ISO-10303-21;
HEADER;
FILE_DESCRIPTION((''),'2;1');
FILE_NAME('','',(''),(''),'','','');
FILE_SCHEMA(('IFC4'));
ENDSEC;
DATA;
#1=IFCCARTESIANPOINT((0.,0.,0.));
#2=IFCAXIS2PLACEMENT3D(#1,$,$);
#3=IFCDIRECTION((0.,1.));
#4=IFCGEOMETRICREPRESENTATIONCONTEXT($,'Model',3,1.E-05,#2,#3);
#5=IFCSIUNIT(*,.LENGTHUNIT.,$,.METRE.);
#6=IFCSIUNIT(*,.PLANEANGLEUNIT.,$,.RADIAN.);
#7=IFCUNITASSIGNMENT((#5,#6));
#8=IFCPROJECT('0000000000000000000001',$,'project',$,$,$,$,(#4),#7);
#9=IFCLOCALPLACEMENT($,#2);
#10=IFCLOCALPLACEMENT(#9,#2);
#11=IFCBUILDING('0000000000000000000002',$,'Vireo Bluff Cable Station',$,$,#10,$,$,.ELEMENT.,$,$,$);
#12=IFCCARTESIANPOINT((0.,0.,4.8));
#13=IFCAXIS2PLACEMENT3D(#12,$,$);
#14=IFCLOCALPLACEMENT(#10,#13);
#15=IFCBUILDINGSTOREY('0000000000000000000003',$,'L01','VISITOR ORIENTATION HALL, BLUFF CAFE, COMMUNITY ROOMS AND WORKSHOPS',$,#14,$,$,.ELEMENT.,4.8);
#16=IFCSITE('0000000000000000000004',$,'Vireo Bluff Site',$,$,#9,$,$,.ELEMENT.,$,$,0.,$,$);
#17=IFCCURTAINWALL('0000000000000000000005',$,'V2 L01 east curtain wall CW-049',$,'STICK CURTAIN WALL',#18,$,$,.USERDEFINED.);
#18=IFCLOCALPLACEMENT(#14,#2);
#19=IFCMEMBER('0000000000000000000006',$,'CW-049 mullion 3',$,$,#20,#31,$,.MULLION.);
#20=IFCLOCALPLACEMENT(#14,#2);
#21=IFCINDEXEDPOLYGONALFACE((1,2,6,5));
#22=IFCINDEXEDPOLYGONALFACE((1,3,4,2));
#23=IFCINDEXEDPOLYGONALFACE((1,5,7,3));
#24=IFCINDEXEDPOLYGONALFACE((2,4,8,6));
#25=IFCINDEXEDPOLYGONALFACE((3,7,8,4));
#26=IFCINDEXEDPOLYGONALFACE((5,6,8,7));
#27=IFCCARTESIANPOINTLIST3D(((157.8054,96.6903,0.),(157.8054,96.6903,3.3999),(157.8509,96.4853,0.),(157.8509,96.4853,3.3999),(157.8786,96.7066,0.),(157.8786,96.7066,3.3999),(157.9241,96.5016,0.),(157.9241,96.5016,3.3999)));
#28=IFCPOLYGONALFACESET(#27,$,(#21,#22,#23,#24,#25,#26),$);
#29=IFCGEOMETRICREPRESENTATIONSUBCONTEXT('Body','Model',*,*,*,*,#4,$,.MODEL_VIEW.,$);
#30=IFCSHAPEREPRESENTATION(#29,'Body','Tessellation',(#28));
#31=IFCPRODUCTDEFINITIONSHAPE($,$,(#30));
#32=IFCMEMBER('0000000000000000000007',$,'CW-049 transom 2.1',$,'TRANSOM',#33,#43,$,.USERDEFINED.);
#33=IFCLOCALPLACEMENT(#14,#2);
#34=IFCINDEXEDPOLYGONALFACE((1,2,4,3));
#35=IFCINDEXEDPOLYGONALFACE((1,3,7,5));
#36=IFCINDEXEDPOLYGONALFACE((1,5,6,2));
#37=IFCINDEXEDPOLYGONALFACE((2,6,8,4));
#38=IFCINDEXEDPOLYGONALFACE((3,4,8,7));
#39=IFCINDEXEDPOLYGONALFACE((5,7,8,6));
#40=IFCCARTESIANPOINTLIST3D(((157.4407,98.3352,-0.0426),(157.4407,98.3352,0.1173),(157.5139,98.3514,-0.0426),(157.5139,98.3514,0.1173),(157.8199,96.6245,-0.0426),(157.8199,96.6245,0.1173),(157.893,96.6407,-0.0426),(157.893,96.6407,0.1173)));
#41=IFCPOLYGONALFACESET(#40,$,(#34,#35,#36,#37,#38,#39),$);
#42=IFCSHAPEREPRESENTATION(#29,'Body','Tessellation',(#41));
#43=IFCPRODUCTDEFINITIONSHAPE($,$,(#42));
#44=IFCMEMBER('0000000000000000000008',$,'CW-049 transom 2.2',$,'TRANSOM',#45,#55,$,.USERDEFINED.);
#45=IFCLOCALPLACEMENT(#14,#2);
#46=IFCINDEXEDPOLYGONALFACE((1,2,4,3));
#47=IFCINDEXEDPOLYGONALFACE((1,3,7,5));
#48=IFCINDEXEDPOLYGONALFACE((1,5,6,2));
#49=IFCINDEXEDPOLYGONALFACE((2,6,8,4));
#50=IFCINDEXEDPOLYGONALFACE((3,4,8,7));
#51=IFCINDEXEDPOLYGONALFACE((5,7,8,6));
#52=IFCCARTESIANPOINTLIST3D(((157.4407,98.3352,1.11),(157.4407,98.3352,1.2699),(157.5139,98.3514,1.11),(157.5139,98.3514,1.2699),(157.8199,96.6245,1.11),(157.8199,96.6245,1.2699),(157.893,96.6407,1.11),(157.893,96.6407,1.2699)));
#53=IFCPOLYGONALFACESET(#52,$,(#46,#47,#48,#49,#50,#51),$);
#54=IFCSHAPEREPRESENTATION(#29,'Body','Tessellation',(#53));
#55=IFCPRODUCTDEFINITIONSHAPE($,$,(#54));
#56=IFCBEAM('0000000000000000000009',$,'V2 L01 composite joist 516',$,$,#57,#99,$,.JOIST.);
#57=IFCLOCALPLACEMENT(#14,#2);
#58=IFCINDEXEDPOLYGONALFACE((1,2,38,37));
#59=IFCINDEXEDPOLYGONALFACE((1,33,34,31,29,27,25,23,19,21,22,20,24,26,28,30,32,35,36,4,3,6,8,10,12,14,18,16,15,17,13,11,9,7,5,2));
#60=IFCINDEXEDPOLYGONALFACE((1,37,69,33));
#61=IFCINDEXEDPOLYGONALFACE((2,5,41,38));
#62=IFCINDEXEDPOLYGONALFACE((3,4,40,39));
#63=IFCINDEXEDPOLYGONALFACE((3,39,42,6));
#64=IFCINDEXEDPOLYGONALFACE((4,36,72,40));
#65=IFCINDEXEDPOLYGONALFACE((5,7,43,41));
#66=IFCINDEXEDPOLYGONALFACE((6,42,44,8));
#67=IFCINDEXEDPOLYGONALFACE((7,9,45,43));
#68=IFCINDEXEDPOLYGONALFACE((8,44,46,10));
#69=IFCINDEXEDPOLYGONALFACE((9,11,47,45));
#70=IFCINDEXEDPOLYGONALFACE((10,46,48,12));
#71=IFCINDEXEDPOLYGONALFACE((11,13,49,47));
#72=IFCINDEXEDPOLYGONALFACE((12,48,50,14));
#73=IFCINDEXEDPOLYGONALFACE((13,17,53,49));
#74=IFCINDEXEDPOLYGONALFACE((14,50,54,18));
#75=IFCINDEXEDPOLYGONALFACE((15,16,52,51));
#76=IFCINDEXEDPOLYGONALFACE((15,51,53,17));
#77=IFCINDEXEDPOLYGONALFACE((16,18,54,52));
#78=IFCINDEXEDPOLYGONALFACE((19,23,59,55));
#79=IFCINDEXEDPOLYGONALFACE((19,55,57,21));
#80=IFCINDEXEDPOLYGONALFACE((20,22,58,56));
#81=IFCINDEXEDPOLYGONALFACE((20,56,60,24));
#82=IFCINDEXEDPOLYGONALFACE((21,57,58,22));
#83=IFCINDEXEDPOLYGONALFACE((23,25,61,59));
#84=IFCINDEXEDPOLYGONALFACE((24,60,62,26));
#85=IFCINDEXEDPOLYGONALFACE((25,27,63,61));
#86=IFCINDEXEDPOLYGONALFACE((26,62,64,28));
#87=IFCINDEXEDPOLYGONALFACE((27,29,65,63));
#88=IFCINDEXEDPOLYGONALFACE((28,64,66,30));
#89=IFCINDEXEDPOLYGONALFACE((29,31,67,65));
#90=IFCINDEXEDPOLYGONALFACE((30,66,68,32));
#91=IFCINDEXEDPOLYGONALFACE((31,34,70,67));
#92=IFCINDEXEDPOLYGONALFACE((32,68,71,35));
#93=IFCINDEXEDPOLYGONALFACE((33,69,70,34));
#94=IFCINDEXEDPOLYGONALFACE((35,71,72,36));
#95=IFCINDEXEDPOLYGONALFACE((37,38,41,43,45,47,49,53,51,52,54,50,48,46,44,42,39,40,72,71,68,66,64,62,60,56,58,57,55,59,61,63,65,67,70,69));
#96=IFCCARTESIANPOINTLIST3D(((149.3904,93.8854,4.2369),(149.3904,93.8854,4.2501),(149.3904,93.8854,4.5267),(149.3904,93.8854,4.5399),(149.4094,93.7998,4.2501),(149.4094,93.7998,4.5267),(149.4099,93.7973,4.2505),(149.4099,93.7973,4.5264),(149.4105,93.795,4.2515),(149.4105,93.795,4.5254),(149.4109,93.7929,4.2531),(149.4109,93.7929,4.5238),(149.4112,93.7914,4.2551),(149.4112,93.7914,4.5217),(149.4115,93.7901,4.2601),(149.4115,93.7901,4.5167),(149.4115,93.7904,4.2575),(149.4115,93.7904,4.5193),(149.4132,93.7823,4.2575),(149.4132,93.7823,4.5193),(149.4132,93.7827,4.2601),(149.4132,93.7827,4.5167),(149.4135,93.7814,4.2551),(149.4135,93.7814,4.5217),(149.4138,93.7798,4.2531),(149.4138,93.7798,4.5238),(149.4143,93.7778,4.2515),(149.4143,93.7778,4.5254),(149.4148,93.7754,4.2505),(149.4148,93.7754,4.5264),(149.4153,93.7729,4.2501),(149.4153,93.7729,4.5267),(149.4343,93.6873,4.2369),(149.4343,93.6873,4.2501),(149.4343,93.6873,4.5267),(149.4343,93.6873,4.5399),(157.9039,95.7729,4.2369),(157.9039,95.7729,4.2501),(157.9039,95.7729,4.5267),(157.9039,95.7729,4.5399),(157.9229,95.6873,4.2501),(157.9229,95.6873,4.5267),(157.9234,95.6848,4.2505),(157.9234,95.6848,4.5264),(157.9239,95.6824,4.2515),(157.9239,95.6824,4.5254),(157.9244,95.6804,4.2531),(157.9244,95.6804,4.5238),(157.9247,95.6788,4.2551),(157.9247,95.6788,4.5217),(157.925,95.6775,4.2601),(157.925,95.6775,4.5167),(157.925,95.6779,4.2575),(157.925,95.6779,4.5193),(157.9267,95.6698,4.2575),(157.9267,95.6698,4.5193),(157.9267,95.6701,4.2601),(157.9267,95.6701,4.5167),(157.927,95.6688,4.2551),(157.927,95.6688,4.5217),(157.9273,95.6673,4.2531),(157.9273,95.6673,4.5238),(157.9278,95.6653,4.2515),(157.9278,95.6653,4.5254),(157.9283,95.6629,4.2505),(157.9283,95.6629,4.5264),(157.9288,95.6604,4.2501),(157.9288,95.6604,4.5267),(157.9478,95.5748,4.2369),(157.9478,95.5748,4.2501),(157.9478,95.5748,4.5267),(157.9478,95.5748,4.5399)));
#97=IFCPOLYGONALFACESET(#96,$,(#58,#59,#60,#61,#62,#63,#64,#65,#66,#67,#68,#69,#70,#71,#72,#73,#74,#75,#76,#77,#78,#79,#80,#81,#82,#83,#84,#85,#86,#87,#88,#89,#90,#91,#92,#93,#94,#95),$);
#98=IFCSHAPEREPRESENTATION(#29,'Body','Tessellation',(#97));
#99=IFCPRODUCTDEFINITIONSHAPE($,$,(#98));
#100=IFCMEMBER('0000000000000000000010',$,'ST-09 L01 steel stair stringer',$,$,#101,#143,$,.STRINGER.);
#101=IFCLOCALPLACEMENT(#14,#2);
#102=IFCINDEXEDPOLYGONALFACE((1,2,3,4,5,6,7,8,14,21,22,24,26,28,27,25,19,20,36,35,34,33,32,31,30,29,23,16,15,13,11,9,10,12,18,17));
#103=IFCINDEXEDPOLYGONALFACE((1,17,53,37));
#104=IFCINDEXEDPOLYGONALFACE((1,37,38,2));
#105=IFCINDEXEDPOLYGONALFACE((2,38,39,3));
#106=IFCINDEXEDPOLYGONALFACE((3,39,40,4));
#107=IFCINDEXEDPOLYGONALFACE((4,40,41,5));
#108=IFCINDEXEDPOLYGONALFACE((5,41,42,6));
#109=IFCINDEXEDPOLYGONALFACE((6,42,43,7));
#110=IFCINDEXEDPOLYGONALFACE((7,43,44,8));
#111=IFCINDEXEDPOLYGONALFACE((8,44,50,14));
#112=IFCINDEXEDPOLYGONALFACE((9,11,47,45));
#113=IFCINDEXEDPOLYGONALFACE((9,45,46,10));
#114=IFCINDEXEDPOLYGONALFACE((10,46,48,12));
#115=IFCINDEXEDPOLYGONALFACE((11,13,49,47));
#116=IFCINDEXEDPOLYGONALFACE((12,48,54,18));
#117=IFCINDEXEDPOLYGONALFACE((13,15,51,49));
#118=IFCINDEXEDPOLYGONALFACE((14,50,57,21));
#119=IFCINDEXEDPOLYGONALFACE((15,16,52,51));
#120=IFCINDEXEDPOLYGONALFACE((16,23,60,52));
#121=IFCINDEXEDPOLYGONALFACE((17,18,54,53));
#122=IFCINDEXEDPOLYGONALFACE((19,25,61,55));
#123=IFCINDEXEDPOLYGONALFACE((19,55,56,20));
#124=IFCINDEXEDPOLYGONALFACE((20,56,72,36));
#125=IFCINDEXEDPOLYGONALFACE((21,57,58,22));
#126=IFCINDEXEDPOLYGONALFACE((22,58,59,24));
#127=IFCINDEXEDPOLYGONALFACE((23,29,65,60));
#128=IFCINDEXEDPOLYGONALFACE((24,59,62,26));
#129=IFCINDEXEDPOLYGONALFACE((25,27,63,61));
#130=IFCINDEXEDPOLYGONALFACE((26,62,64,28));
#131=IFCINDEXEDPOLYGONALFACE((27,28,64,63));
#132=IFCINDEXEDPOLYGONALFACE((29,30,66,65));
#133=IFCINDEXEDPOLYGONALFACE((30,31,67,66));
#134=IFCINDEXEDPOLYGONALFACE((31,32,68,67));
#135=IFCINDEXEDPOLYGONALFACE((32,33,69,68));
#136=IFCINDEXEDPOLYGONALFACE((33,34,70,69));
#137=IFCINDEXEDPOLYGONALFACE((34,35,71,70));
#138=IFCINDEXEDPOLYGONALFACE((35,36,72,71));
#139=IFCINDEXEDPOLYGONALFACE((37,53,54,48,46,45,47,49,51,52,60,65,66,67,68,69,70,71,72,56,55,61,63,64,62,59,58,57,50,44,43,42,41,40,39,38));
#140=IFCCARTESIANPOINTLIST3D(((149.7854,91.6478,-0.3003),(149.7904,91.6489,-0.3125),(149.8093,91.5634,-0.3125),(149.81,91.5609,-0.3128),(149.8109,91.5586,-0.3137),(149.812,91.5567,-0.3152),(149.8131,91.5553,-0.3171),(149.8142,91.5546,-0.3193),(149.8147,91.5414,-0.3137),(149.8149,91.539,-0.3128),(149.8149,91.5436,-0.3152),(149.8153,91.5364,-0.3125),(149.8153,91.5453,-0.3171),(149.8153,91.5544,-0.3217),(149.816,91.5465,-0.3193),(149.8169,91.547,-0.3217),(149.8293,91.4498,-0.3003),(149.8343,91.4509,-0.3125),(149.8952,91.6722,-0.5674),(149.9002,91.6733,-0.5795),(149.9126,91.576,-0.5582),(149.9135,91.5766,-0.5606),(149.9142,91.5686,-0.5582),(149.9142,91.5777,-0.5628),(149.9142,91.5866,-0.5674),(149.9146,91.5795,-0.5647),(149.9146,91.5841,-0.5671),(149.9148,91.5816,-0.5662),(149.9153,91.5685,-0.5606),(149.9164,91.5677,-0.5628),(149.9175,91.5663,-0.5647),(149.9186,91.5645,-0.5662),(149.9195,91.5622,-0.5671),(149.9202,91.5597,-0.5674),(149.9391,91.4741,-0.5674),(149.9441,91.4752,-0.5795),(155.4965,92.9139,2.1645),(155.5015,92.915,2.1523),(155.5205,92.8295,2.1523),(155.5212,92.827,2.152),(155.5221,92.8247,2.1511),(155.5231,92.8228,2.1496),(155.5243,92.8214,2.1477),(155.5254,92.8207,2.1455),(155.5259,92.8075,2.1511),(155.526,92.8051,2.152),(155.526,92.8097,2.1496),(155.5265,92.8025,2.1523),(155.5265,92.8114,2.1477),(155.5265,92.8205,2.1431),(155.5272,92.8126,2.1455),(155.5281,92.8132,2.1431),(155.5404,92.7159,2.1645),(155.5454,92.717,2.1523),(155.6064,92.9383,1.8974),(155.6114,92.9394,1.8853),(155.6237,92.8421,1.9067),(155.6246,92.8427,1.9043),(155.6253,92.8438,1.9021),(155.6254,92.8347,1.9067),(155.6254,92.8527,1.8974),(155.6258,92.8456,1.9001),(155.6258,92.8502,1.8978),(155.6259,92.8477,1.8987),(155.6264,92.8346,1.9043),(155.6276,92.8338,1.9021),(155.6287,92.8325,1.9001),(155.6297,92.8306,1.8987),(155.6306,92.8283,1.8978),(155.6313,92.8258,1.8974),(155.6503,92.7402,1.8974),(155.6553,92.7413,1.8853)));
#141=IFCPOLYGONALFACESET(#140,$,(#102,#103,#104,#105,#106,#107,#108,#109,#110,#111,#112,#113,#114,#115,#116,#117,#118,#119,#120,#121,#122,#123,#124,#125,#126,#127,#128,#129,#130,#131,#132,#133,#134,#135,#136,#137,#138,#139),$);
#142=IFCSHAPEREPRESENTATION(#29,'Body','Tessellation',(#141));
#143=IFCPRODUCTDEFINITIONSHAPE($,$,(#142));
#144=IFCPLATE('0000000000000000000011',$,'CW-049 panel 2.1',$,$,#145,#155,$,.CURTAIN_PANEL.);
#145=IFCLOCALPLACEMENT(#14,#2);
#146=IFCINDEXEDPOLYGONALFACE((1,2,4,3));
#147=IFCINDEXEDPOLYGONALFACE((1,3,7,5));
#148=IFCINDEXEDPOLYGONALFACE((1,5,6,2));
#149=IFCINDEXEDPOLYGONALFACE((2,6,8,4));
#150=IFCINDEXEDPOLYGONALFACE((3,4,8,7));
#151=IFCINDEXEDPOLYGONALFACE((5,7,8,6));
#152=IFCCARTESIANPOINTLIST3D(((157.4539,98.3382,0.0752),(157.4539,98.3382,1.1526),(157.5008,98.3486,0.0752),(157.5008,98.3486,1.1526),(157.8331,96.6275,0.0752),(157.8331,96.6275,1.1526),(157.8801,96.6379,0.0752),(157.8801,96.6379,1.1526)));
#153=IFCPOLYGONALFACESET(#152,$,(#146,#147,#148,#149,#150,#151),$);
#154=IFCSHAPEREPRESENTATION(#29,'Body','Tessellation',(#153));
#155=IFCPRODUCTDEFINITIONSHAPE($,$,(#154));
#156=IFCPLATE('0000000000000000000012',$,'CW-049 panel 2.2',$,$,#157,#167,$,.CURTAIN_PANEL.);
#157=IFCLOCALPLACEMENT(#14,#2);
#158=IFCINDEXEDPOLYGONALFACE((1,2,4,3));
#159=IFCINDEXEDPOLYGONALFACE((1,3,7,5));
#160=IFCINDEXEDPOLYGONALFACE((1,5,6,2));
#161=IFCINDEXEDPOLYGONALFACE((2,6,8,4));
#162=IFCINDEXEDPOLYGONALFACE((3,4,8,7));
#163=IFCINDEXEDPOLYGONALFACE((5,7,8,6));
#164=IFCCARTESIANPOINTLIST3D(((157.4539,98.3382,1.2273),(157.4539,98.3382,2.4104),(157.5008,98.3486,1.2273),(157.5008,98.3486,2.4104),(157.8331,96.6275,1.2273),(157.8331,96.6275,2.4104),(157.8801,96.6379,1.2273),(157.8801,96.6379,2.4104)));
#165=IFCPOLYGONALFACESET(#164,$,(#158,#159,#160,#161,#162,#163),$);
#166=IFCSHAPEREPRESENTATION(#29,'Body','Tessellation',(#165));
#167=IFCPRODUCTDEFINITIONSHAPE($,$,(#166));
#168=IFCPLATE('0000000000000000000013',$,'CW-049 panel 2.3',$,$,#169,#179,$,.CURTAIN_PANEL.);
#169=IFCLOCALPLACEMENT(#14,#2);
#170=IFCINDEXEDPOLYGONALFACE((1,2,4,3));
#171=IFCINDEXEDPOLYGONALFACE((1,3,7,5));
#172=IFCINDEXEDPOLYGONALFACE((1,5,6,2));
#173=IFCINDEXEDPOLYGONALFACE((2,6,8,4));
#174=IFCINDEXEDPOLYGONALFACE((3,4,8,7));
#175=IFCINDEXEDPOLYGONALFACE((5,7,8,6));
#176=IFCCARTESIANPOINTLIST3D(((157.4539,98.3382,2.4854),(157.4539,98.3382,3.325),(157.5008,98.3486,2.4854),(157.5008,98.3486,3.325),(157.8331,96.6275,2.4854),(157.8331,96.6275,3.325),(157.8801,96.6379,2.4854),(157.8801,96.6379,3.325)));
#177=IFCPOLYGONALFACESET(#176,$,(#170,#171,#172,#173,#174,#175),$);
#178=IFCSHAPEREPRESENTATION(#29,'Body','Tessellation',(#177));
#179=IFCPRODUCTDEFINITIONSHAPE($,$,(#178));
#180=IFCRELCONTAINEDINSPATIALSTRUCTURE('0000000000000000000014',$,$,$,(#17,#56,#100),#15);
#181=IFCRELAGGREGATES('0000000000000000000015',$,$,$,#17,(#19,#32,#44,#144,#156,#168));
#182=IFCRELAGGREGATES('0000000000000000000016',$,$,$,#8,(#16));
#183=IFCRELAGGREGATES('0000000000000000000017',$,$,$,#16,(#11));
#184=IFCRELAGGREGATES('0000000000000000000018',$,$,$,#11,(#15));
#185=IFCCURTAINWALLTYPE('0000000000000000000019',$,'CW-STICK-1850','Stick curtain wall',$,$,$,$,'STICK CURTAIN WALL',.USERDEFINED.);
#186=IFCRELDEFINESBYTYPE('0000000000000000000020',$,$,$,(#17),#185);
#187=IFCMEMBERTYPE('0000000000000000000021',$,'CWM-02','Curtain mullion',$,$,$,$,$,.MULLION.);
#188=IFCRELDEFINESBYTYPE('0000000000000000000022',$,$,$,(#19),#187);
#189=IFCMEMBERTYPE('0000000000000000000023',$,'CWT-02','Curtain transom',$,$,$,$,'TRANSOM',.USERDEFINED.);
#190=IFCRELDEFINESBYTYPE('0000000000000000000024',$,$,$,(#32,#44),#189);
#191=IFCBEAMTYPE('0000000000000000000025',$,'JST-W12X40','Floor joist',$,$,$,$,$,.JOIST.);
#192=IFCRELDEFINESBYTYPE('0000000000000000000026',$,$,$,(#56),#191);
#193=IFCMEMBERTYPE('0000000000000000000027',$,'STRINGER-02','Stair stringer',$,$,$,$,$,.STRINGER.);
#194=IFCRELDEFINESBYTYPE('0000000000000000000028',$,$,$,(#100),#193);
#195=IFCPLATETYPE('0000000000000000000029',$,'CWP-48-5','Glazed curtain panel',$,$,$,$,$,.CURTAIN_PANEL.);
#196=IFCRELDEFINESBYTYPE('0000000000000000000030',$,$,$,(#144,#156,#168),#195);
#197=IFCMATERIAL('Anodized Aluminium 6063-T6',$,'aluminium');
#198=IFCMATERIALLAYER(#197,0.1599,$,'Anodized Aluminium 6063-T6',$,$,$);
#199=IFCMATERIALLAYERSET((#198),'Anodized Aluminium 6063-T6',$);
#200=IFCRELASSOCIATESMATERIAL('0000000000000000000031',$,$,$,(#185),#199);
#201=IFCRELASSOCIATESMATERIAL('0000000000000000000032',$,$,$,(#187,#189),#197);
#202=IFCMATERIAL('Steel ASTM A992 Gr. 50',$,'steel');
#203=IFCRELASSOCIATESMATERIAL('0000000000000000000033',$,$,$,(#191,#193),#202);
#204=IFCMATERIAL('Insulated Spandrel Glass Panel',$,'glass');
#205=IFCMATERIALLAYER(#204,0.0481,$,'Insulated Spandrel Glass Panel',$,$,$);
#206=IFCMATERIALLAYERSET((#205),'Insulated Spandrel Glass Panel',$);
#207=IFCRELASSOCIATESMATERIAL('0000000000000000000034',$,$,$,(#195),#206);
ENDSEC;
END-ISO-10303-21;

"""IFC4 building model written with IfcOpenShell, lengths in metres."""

from ifc_helpers import new_model, si_unit, direction, frame, origin, origin_2d, place, context, subcontext, project, spatial, rectangle, i_section, extrude, material, layer, layer_set, material_profile, profile_set, type_object, element, aggregate, save


model = new_model("IFC4")

# Units and contexts
model_context = context("Model", 3, precision=1e-05, world=origin(), true_north=direction((0.0, 1.0)))
body_context = subcontext(model_context, "Body", "Model", "MODEL_VIEW")
ifc_project = project(units=[si_unit("LENGTHUNIT", "METRE"), si_unit("PLANEANGLEUNIT", "RADIAN")], contexts=[model_context])

# Site, building, storey
site_placement = place(None, origin())
site = spatial("IfcSite", under=ifc_project, at=site_placement, Name="Vireo Bluff Site", CompositionType="ELEMENT", RefElevation=0.0)
building_placement = place(site_placement, origin())
building = spatial("IfcBuilding", under=site, at=building_placement, Name="Vireo Bluff Cable Station", CompositionType="ELEMENT")
storey_placement = place(building_placement, frame((0.0, 0.0, 4.8)))
storey = spatial("IfcBuildingStorey", under=building, at=storey_placement, Name="L01", Description="VISITOR ORIENTATION HALL, BLUFF CAFE, COMMUNITY ROOMS AND WORKSHOPS", CompositionType="ELEMENT", Elevation=4.8)

# Shared definitions
ifc_material_1 = material(Name="Steel ASTM A992 Gr. 50", Category="steel")

# Curtain wall, members
ifc_material_2 = material(Name="Anodized Aluminium 6063-T6", Category="aluminium")
ifc_layer_1 = layer(ifc_material_2, 0.1599, Name="Anodized Aluminium 6063-T6")
ifc_layer_set_1 = layer_set([ifc_layer_1], Name="Anodized Aluminium 6063-T6")
curtain_wall_type = type_object("IfcCurtainWallType", Name="CW-STICK-1850", Description="Stick curtain wall", ElementType="STICK CURTAIN WALL", PredefinedType="USERDEFINED", material=ifc_layer_set_1)
curtain_wall_placement = place(storey_placement, origin())
curtain_wall = element("IfcCurtainWall", 1, at=curtain_wall_placement, inside=storey, type_object=curtain_wall_type, Name="V2 L01 east curtain wall CW-049", ObjectType="STICK CURTAIN WALL", PredefinedType="USERDEFINED")
ifc_material_profile_1 = material_profile(ifc_material_2, rectangle(XDim=0.075, YDim=0.21, at=origin_2d()), Name="ALU-M-75X210")
ifc_profile_set_1 = profile_set([ifc_material_profile_1], Name="Anodized Aluminium 6063-T6")
member_type_1 = type_object("IfcMemberType", Name="CWM-02", Description="Curtain mullion", PredefinedType="MULLION", material=ifc_profile_set_1)
member_1_placement = place(storey_placement, frame((157.8647, 96.5959, 0.0), z_axis=(0.0, 0.0, 1.0), x_axis=(0.976296, 0.21644, 0.0)))
member_1 = element("IfcMember", 2, at=member_1_placement, type_object=member_type_1, Name="CW-049 mullion 3", PredefinedType="MULLION", context=body_context, shape_type="SweptSolid", body=[
    extrude(rectangle(XDim=0.075, YDim=0.21, at=origin_2d()), origin(), (0.0, 0.0, 1.0), 3.3999),
])
ifc_material_profile_2 = material_profile(ifc_material_2, rectangle(XDim=0.075, YDim=0.1599, at=origin_2d()), Name="ALU-T-75X160")
ifc_profile_set_2 = profile_set([ifc_material_profile_2], Name="Anodized Aluminium 6063-T6")
member_type_2 = type_object("IfcMemberType", Name="CWT-02", Description="Curtain transom", ElementType="TRANSOM", PredefinedType="USERDEFINED", material=ifc_profile_set_2)
member_2_placement = place(storey_placement, frame((157.4773, 98.3433, 0.0374), z_axis=(0.216385, -0.976308, 0.0), x_axis=(0.976308, 0.216385, 0.0)))
member_2 = element("IfcMember", 3, at=member_2_placement, type_object=member_type_2, Name="CW-049 transom 2.1", ObjectType="TRANSOM", PredefinedType="USERDEFINED", context=body_context, shape_type="SweptSolid", body=[
    extrude(rectangle(XDim=0.075, YDim=0.1599, at=origin_2d()), origin(), (0.0, 0.0, 1.0), 1.7522),
])
member_3_placement = place(storey_placement, frame((157.4773, 98.3433, 1.1899), z_axis=(0.216385, -0.976308, 0.0), x_axis=(0.976308, 0.216385, 0.0)))
member_3 = element("IfcMember", 4, at=member_3_placement, type_object=member_type_2, Name="CW-049 transom 2.2", ObjectType="TRANSOM", PredefinedType="USERDEFINED", context=body_context, shape_type="SweptSolid", body=[
    extrude(rectangle(XDim=0.075, YDim=0.1599, at=origin_2d()), origin(), (0.0, 0.0, 1.0), 1.7522),
])

# Beam
ifc_material_profile_3 = material_profile(ifc_material_1, i_section(OverallWidth=0.2029, OverallDepth=0.303, WebThickness=0.0076, FlangeThickness=0.0132, FilletRadius=0.01, at=origin_2d()), Name="W12X40")
ifc_profile_set_3 = profile_set([ifc_material_profile_3], Name="Steel ASTM A992 Gr. 50")
beam_type_1 = type_object("IfcBeamType", Name="JST-W12X40", Description="Floor joist", PredefinedType="JOIST", material=ifc_profile_set_3)
beam_1_placement = place(storey_placement, frame((149.4124, 93.7864, 4.3884), z_axis=(0.976294, 0.216447, 0.0), x_axis=(-0.216447, 0.976294, 0.0)))
element("IfcBeam", 5, at=beam_1_placement, inside=storey, type_object=beam_type_1, Name="V2 L01 composite joist 516", PredefinedType="JOIST", context=body_context, shape_type="SweptSolid", body=[
    extrude(i_section(OverallWidth=0.2029, OverallDepth=0.303, WebThickness=0.0076, FlangeThickness=0.0132, FilletRadius=0.01, at=origin_2d()), origin(), (0.0, 0.0, 1.0), 8.7202),
])

# Member
ifc_material_profile_4 = material_profile(ifc_material_1, i_section(OverallWidth=0.2029, OverallDepth=0.303, WebThickness=0.0076, FlangeThickness=0.0132, FilletRadius=0.01, at=origin_2d()), Name="W12X40")
ifc_profile_set_4 = profile_set([ifc_material_profile_4], Name="Steel ASTM A992 Gr. 50")
member_type_3 = type_object("IfcMemberType", Name="STRINGER-02", Description="Stair stringer", PredefinedType="STRINGER", material=ifc_profile_set_4)
member_4_placement = place(storey_placement, frame((149.8647, 91.5615, -0.4399), z_axis=(0.899693, 0.199453, 0.388292), x_axis=(-0.216436, 0.976297, 0.0)))
element("IfcMember", 6, at=member_4_placement, inside=storey, type_object=member_type_3, Name="ST-09 L01 steel stair stringer", PredefinedType="STRINGER", context=body_context, shape_type="SweptSolid", body=[
    extrude(i_section(OverallWidth=0.2029, OverallDepth=0.303, WebThickness=0.0076, FlangeThickness=0.0132, FilletRadius=0.01, at=origin_2d()), origin(), (0.0, 0.0, 1.0), 6.3479),
])

# Plates
ifc_material_3 = material(Name="Insulated Spandrel Glass Panel", Category="glass")
ifc_layer_2 = layer(ifc_material_3, 0.0481, Name="Insulated Spandrel Glass Panel")
ifc_layer_set_2 = layer_set([ifc_layer_2], Name="Insulated Spandrel Glass Panel")
plate_type = type_object("IfcPlateType", Name="CWP-48-5", Description="Glazed curtain panel", PredefinedType="CURTAIN_PANEL", material=ifc_layer_set_2)
plate_1_placement = place(storey_placement, frame((157.667, 97.488, 0.0752), z_axis=(0.0, 0.0, 1.0), x_axis=(0.21644, -0.976296, 0.0)))
plate_1 = element("IfcPlate", 7, at=plate_1_placement, type_object=plate_type, Name="CW-049 panel 2.1", PredefinedType="CURTAIN_PANEL", context=body_context, shape_type="SweptSolid", body=[
    extrude(rectangle(XDim=1.7522, YDim=0.0481, at=origin_2d()), origin(), (0.0, 0.0, 1.0), 1.0774),
])
plate_2_placement = place(storey_placement, frame((157.667, 97.488, 1.2273), z_axis=(0.0, 0.0, 1.0), x_axis=(0.21644, -0.976296, 0.0)))
plate_2 = element("IfcPlate", 8, at=plate_2_placement, type_object=plate_type, Name="CW-049 panel 2.2", PredefinedType="CURTAIN_PANEL", context=body_context, shape_type="SweptSolid", body=[
    extrude(rectangle(XDim=1.7522, YDim=0.0481, at=origin_2d()), origin(), (0.0, 0.0, 1.0), 1.1831),
])
plate_3_placement = place(storey_placement, frame((157.667, 97.488, 2.4854), z_axis=(0.0, 0.0, 1.0), x_axis=(0.21644, -0.976296, 0.0)))
plate_3 = element("IfcPlate", 9, at=plate_3_placement, type_object=plate_type, Name="CW-049 panel 2.3", PredefinedType="CURTAIN_PANEL", context=body_context, shape_type="SweptSolid", body=[
    extrude(rectangle(XDim=1.7522, YDim=0.0481, at=origin_2d()), origin(), (0.0, 0.0, 1.0), 0.8396),
])
aggregate(curtain_wall, [member_1, member_2, member_3, plate_1, plate_2, plate_3])

save(model, "model.ifc")
